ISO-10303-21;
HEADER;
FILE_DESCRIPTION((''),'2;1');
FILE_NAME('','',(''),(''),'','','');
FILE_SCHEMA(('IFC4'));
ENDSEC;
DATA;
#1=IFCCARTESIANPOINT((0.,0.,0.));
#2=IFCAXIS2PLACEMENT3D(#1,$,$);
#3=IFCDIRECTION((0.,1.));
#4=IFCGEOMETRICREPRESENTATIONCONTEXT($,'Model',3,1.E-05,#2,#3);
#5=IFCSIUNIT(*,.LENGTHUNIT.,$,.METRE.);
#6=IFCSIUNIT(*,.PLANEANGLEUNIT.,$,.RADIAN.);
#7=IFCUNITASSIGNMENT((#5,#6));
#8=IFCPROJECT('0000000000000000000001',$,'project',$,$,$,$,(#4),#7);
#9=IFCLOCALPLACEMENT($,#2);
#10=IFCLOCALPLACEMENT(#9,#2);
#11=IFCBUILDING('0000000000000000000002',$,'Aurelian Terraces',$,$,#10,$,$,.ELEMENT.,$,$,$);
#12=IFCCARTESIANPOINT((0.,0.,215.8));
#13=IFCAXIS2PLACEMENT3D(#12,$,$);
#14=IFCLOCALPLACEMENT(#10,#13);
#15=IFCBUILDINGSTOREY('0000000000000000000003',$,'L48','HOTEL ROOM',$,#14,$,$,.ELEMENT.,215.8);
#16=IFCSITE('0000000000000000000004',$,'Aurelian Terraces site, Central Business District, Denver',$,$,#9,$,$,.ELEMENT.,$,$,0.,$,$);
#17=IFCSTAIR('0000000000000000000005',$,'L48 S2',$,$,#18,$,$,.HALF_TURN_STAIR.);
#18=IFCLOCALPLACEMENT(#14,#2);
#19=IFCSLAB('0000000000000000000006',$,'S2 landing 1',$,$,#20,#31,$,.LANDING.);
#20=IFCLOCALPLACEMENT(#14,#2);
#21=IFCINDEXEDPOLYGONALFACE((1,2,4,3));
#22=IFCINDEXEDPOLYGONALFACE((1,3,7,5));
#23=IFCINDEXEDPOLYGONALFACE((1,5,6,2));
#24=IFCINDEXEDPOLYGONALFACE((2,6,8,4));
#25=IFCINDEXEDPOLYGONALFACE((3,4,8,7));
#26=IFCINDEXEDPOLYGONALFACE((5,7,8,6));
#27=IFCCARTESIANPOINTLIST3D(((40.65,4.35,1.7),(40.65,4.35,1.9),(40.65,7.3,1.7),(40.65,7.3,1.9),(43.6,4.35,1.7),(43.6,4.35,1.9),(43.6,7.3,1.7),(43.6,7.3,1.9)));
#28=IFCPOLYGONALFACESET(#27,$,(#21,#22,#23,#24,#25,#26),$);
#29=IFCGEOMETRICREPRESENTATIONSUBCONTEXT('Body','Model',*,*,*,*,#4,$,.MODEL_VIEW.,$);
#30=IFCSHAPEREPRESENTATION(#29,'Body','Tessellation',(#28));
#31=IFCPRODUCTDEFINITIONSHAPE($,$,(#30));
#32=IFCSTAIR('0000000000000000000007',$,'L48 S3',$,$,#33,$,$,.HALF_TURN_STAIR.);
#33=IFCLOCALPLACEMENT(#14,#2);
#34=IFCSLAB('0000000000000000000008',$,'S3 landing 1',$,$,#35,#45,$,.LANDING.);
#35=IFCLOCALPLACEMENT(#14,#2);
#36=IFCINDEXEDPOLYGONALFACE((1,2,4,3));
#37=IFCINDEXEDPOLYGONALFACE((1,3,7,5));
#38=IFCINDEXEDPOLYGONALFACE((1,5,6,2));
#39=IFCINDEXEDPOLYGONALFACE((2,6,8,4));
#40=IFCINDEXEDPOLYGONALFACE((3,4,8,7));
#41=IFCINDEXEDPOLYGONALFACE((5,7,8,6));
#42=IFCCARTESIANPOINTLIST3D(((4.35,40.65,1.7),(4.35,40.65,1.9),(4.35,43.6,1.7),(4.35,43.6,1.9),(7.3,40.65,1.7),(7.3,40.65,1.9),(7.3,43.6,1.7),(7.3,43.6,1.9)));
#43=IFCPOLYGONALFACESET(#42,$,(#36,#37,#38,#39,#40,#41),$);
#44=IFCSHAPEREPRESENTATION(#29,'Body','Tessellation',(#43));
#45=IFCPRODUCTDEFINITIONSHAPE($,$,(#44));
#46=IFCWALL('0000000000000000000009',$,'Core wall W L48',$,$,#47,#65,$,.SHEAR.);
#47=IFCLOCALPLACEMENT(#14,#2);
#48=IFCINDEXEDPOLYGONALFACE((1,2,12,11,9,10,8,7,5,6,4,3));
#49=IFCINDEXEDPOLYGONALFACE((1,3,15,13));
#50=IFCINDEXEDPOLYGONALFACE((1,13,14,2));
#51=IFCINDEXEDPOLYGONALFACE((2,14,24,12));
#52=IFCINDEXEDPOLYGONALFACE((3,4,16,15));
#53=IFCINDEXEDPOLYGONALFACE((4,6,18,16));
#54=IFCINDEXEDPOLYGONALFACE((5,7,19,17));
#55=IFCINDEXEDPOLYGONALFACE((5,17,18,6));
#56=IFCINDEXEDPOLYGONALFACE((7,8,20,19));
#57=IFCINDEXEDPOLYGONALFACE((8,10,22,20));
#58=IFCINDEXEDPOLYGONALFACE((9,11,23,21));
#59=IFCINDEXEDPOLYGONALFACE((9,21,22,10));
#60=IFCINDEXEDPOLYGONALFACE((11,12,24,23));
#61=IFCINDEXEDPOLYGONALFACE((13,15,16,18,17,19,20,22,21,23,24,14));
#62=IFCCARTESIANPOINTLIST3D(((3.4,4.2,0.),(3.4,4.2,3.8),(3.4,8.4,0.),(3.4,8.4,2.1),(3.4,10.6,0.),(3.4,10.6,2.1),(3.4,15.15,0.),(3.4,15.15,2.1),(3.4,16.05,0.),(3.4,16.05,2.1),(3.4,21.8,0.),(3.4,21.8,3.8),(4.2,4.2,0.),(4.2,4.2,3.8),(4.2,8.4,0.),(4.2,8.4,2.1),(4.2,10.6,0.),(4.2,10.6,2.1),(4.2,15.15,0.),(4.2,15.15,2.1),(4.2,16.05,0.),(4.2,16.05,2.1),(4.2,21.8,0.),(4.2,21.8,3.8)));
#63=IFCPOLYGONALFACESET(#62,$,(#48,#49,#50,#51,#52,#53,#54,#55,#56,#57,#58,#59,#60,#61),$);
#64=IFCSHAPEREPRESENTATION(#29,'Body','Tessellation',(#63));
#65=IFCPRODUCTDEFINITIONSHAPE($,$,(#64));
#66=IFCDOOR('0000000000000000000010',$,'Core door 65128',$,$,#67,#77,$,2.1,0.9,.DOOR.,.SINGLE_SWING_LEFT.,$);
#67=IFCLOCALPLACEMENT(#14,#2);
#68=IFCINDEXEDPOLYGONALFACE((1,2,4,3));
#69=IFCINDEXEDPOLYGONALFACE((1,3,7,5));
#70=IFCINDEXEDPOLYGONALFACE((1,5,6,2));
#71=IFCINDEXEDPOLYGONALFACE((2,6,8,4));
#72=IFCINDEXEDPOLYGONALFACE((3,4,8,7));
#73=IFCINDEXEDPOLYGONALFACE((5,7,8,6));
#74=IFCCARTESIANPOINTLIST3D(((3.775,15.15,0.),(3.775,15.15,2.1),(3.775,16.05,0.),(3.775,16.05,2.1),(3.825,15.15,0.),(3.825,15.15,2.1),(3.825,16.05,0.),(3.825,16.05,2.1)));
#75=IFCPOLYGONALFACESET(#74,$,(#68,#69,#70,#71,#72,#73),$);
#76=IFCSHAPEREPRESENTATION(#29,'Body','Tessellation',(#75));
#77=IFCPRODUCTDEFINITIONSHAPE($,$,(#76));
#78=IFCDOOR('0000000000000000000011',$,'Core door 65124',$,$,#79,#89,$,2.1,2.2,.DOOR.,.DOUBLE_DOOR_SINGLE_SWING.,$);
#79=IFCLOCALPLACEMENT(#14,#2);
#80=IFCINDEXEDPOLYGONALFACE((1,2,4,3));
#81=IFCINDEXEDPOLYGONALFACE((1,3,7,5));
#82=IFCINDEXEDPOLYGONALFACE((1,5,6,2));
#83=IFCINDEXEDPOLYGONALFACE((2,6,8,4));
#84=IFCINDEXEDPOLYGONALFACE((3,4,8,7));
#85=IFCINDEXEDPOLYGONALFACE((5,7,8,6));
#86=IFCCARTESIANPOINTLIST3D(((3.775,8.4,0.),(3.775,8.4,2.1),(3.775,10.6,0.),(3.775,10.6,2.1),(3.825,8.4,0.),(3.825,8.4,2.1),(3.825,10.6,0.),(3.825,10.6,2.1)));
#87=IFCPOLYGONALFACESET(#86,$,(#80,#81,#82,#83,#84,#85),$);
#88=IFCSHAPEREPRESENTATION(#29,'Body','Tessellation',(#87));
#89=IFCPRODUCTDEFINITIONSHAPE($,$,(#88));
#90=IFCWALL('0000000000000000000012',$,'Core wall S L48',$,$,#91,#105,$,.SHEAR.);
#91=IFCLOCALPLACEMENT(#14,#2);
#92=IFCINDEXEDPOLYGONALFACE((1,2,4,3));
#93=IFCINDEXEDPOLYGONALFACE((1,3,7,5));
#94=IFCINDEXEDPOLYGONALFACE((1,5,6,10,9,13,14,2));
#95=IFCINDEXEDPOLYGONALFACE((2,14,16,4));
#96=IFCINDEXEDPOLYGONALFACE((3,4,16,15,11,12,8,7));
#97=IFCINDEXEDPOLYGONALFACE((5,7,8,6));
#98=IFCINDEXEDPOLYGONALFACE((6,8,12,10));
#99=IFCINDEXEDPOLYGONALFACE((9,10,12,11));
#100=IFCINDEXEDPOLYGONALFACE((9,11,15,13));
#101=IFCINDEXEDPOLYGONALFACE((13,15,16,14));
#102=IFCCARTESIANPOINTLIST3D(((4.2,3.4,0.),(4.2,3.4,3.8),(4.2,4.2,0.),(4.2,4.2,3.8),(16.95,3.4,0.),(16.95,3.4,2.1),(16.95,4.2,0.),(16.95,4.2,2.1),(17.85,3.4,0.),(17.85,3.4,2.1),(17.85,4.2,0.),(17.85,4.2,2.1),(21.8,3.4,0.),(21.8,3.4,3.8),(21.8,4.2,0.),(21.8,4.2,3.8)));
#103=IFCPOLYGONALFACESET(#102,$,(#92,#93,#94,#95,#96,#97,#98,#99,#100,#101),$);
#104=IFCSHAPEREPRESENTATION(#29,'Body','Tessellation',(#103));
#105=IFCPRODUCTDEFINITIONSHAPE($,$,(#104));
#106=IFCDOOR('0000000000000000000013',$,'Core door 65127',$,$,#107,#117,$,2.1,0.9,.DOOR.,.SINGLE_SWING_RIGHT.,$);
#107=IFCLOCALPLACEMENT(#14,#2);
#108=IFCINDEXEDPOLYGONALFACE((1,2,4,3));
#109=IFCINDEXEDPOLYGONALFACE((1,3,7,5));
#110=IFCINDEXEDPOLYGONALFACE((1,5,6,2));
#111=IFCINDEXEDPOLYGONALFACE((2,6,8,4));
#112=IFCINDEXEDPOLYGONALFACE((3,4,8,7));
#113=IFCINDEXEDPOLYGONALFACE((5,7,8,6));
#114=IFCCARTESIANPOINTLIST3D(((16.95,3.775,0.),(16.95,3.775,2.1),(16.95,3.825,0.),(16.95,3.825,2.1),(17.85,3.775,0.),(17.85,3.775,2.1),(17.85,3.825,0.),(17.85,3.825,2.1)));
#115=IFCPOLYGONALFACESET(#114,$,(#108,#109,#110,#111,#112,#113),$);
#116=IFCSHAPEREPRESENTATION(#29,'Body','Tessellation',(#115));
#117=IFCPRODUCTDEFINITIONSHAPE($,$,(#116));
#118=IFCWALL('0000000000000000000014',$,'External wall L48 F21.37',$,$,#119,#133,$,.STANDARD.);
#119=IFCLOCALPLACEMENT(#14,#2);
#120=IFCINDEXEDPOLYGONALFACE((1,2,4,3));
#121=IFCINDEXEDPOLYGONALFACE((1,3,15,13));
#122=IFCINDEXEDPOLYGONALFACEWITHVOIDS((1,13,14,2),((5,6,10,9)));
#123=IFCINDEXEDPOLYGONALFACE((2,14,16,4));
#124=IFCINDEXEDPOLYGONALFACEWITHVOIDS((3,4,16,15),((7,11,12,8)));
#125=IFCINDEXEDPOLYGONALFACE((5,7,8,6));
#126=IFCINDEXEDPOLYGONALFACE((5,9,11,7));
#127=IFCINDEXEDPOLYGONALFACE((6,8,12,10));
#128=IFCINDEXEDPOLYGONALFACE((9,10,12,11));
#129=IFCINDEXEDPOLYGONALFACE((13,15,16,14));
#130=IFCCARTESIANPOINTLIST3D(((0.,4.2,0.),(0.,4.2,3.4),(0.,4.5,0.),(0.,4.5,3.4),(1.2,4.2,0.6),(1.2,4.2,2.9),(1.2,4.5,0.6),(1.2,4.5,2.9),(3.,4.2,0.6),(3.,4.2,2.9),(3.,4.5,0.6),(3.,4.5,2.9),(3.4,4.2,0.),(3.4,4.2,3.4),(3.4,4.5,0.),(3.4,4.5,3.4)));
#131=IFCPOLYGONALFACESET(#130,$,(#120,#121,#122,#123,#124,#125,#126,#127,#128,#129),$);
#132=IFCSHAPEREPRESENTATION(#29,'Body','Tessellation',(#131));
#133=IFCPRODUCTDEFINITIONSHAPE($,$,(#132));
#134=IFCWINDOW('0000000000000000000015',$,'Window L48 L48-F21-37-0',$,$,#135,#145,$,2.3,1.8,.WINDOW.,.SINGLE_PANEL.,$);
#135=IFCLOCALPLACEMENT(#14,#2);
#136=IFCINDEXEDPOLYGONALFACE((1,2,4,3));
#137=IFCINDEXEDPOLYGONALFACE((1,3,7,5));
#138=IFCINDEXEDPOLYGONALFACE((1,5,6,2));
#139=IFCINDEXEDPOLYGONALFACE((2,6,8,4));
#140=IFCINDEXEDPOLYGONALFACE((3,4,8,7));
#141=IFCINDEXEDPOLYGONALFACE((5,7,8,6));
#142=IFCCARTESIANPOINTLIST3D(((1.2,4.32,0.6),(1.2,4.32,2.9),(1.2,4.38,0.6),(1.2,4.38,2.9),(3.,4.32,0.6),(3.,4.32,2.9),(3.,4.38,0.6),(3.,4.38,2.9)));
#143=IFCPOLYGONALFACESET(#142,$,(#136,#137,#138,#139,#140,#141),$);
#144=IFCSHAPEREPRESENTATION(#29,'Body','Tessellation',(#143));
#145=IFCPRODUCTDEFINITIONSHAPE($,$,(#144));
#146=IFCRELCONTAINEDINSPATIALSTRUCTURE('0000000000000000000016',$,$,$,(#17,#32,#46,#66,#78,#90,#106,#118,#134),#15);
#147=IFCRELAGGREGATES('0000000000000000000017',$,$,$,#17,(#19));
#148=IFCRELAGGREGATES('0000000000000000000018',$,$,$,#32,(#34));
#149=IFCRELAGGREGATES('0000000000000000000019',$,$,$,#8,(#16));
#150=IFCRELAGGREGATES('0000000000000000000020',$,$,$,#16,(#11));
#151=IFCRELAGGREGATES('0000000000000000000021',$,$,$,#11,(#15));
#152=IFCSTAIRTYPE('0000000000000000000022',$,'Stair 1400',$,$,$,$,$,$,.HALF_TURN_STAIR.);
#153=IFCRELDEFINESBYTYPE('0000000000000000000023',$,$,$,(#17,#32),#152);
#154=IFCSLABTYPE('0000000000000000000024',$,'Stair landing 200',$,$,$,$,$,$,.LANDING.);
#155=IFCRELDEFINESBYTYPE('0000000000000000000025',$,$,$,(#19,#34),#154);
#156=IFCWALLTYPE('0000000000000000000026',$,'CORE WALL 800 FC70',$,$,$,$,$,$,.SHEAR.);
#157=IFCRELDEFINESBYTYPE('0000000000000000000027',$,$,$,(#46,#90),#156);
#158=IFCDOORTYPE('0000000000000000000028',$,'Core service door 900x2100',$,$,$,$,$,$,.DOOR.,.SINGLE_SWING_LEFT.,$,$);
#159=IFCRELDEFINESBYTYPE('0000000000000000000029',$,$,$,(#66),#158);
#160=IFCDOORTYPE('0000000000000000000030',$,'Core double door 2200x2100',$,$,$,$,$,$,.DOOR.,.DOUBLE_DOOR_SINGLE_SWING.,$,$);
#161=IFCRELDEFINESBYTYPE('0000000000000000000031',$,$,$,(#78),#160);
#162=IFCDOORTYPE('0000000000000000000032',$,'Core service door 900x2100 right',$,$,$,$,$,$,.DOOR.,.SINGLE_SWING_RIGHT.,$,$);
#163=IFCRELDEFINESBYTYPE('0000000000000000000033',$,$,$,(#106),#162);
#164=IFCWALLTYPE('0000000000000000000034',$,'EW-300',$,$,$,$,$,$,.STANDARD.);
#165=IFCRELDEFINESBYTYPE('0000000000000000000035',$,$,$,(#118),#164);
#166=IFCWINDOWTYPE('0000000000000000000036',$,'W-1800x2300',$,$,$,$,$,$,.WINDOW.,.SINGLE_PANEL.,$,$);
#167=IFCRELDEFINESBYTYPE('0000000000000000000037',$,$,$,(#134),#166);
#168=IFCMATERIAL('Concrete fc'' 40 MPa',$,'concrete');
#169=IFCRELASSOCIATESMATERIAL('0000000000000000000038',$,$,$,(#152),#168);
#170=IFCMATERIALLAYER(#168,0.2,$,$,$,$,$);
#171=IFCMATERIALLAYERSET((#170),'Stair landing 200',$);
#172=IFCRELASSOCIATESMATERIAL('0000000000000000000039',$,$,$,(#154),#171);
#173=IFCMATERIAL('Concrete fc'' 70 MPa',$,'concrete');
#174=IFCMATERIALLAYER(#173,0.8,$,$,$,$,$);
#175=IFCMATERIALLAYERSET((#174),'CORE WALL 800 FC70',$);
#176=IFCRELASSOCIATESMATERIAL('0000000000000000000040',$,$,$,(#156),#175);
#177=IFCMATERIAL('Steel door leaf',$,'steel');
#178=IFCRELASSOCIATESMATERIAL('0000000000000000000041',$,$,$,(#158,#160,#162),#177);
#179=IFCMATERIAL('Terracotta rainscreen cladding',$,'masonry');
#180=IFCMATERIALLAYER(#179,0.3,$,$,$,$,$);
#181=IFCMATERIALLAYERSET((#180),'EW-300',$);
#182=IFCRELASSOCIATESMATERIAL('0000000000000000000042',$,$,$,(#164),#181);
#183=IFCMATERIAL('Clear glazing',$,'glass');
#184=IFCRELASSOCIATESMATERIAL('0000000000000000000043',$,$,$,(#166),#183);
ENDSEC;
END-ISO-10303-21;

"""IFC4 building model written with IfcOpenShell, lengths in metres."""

from ifc_helpers import new_model, si_unit, direction, frame, frame_2d, origin, place, context, subcontext, project, spatial, polyline, rectangle, outline, extrude, source, transform, mapped, material, layer, layer_set, type_object, element, fill, aggregate, save


model = new_model("IFC4")

# Units and contexts
model_context = context("Model", 3, precision=1e-05, world=origin(), true_north=direction((0.0, 1.0)))
body_context = subcontext(model_context, "Body", "Model", "MODEL_VIEW")
ifc_project = project(units=[si_unit("LENGTHUNIT", "METRE"), si_unit("PLANEANGLEUNIT", "RADIAN")], contexts=[model_context])

# Site, building, storey
site_placement = place(None, origin())
site = spatial("IfcSite", under=ifc_project, at=site_placement, Name="Aurelian Terraces site, Central Business District, Denver", CompositionType="ELEMENT", RefElevation=0.0)
building_placement = place(site_placement, origin())
building = spatial("IfcBuilding", under=site, at=building_placement, Name="Aurelian Terraces", CompositionType="ELEMENT")
storey_placement = place(building_placement, frame((0.0, 0.0, 215.8)))
storey = spatial("IfcBuildingStorey", under=building, at=storey_placement, Name="L48", Description="HOTEL ROOM", CompositionType="ELEMENT", Elevation=215.8)

# Stairs, slabs
ifc_material_1 = material(Name="Concrete fc' 40 MPa", Category="concrete")
stair_type = type_object("IfcStairType", Name="Stair 1400", PredefinedType="HALF_TURN_STAIR", material=ifc_material_1)
stair_1_placement = place(storey_placement, origin())
stair_1 = element("IfcStair", 1, at=stair_1_placement, inside=storey, type_object=stair_type, Name="L48 S2", PredefinedType="HALF_TURN_STAIR")
ifc_layer_1 = layer(ifc_material_1, 0.2)
ifc_layer_set_1 = layer_set([ifc_layer_1], Name="Stair landing 200")
slab_type = type_object("IfcSlabType", Name="Stair landing 200", PredefinedType="LANDING", material=ifc_layer_set_1)
shared_shape_1 = source(origin(), body_context, "Body", "SweptSolid", [
    extrude(outline(polyline([(43.6, 4.35), (43.6, 7.3), (40.65, 7.3), (40.65, 4.35), (43.6, 4.35)])), origin(), (0.0, 0.0, 1.0), 0.2),
])
slab_1_placement = place(storey_placement, frame((0.0, 0.0, 1.7)))
slab_1 = element("IfcSlab", 2, at=slab_1_placement, type_object=slab_type, Name="S2 landing 1", PredefinedType="LANDING", context=body_context, shape_type="MappedRepresentation", body=[
    mapped(shared_shape_1, transform((0.0, 0.0, 0.0), scale=1.0)),
])
aggregate(stair_1, [slab_1])
stair_2_placement = place(storey_placement, origin())
stair_2 = element("IfcStair", 3, at=stair_2_placement, inside=storey, type_object=stair_type, Name="L48 S3", PredefinedType="HALF_TURN_STAIR")
shared_shape_2 = source(origin(), body_context, "Body", "SweptSolid", [
    extrude(outline(polyline([(4.35, 40.65), (7.3, 40.65), (7.3, 43.6), (4.35, 43.6), (4.35, 40.65)])), origin(), (0.0, 0.0, 1.0), 0.2),
])
slab_2_placement = place(storey_placement, frame((0.0, 0.0, 1.7)))
slab_2 = element("IfcSlab", 4, at=slab_2_placement, type_object=slab_type, Name="S3 landing 1", PredefinedType="LANDING", context=body_context, shape_type="MappedRepresentation", body=[
    mapped(shared_shape_2, transform((0.0, 0.0, 0.0), scale=1.0)),
])
aggregate(stair_2, [slab_2])

# Wall, openings, doors
ifc_material_2 = material(Name="Concrete fc' 70 MPa", Category="concrete")
ifc_layer_2 = layer(ifc_material_2, 0.8)
ifc_layer_set_2 = layer_set([ifc_layer_2], Name="CORE WALL 800 FC70")
wall_type_1 = type_object("IfcWallType", Name="CORE WALL 800 FC70", PredefinedType="SHEAR", material=ifc_layer_set_2)
shared_shape_3 = source(origin(), body_context, "Body", "SweptSolid", [
    extrude(rectangle(XDim=17.6, YDim=0.8, at=frame_2d((8.8, 0.0))), origin(), (0.0, 0.0, 1.0), 3.8),
])
wall_1_placement = place(storey_placement, frame((3.8, 4.2, 0.0), z_axis=(0.0, 0.0, 1.0), x_axis=(0.0, 1.0, 0.0)))
wall_1 = element("IfcWall", 5, at=wall_1_placement, inside=storey, type_object=wall_type_1, Name="Core wall W L48", PredefinedType="SHEAR", context=body_context, shape_type="MappedRepresentation", body=[
    mapped(shared_shape_3, transform((0.0, 0.0, 0.0), scale=1.0)),
])
shared_shape_4 = source(origin(), body_context, "Body", "SweptSolid", [
    extrude(rectangle(XDim=2.2, YDim=2.1, at=frame_2d((1.1, 1.05))), frame((0.0, 0.41, 0.0), z_axis=(0.0, -1.0, 0.0), x_axis=(1.0, 0.0, 0.0)), (0.0, 0.0, 1.0), 0.82),
])
opening_1_placement = place(wall_1_placement, frame((4.2, 0.0, 0.0)))
opening_1 = element("IfcOpeningElement", 6, at=opening_1_placement, cuts=wall_1, PredefinedType="OPENING", context=body_context, shape_type="MappedRepresentation", body=[
    mapped(shared_shape_4, transform((0.0, 0.0, 0.0), scale=1.0)),
])
shared_shape_5 = source(origin(), body_context, "Body", "SweptSolid", [
    extrude(rectangle(XDim=0.9, YDim=2.1, at=frame_2d((0.45, 1.05))), frame((0.0, 0.41, 0.0), z_axis=(0.0, -1.0, 0.0), x_axis=(1.0, 0.0, 0.0)), (0.0, 0.0, 1.0), 0.82),
])
opening_2_placement = place(wall_1_placement, frame((10.95, 0.0, 0.0)))
opening_2 = element("IfcOpeningElement", 7, at=opening_2_placement, cuts=wall_1, PredefinedType="OPENING", context=body_context, shape_type="MappedRepresentation", body=[
    mapped(shared_shape_5, transform((0.0, 0.0, 0.0), scale=1.0)),
])
ifc_material_3 = material(Name="Steel door leaf", Category="steel")
door_type_1 = type_object("IfcDoorType", Name="Core service door 900x2100", OperationType="SINGLE_SWING_LEFT", PredefinedType="DOOR", material=ifc_material_3)
shared_shape_6 = source(origin(), body_context, "Body", "SweptSolid", [
    extrude(rectangle(XDim=0.9, YDim=2.1, at=frame_2d((0.45, 1.05))), frame((0.0, 0.025, 0.0), z_axis=(0.0, -1.0, 0.0), x_axis=(1.0, 0.0, 0.0)), (0.0, 0.0, 1.0), 0.05),
])
door_1_placement = place(opening_2_placement, origin())
door_1 = element("IfcDoor", 8, at=door_1_placement, inside=storey, type_object=door_type_1, Name="Core door 65128", OperationType="SINGLE_SWING_LEFT", OverallHeight=2.1, OverallWidth=0.9, PredefinedType="DOOR", context=body_context, shape_type="MappedRepresentation", body=[
    mapped(shared_shape_6, transform((0.0, 0.0, 0.0), scale=1.0)),
])
fill(opening_2, door_1)
door_type_2 = type_object("IfcDoorType", Name="Core double door 2200x2100", OperationType="DOUBLE_DOOR_SINGLE_SWING", PredefinedType="DOOR", material=ifc_material_3)
shared_shape_7 = source(origin(), body_context, "Body", "SweptSolid", [
    extrude(rectangle(XDim=2.2, YDim=2.1, at=frame_2d((1.1, 1.05))), frame((0.0, 0.025, 0.0), z_axis=(0.0, -1.0, 0.0), x_axis=(1.0, 0.0, 0.0)), (0.0, 0.0, 1.0), 0.05),
])
door_2_placement = place(opening_1_placement, origin())
door_2 = element("IfcDoor", 9, at=door_2_placement, inside=storey, type_object=door_type_2, Name="Core door 65124", OperationType="DOUBLE_DOOR_SINGLE_SWING", OverallHeight=2.1, OverallWidth=2.2, PredefinedType="DOOR", context=body_context, shape_type="MappedRepresentation", body=[
    mapped(shared_shape_7, transform((0.0, 0.0, 0.0), scale=1.0)),
])
fill(opening_1, door_2)

# Wall, opening, door
wall_2_placement = place(storey_placement, frame((4.2, 3.8, 0.0), z_axis=(0.0, 0.0, 1.0), x_axis=(1.0, 0.0, 0.0)))
wall_2 = element("IfcWall", 10, at=wall_2_placement, inside=storey, type_object=wall_type_1, Name="Core wall S L48", PredefinedType="SHEAR", context=body_context, shape_type="MappedRepresentation", body=[
    mapped(shared_shape_3, transform((0.0, 0.0, 0.0), scale=1.0)),
])
opening_3_placement = place(wall_2_placement, frame((12.75, 0.0, 0.0)))
opening_3 = element("IfcOpeningElement", 11, at=opening_3_placement, cuts=wall_2, PredefinedType="OPENING", context=body_context, shape_type="MappedRepresentation", body=[
    mapped(shared_shape_5, transform((0.0, 0.0, 0.0), scale=1.0)),
])
door_type_3 = type_object("IfcDoorType", Name="Core service door 900x2100 right", OperationType="SINGLE_SWING_RIGHT", PredefinedType="DOOR", material=ifc_material_3)
door_3_placement = place(opening_3_placement, origin())
door_3 = element("IfcDoor", 12, at=door_3_placement, inside=storey, type_object=door_type_3, Name="Core door 65127", OperationType="SINGLE_SWING_RIGHT", OverallHeight=2.1, OverallWidth=0.9, PredefinedType="DOOR", context=body_context, shape_type="MappedRepresentation", body=[
    mapped(shared_shape_6, transform((0.0, 0.0, 0.0), scale=1.0)),
])
fill(opening_3, door_3)

# Wall, opening, window
ifc_material_4 = material(Name="Terracotta rainscreen cladding", Category="masonry")
ifc_layer_3 = layer(ifc_material_4, 0.3)
ifc_layer_set_3 = layer_set([ifc_layer_3], Name="EW-300")
wall_type_2 = type_object("IfcWallType", Name="EW-300", PredefinedType="STANDARD", material=ifc_layer_set_3)
shared_shape_8 = source(origin(), body_context, "Body", "SweptSolid", [
    extrude(rectangle(XDim=3.4, YDim=0.3, at=frame_2d((1.7, 0.0))), origin(), (0.0, 0.0, 1.0), 3.4),
])
wall_3_placement = place(storey_placement, frame((0.0, 4.35, 0.0), z_axis=(0.0, 0.0, 1.0), x_axis=(1.0, 0.0, 0.0)))
wall_3 = element("IfcWall", 13, at=wall_3_placement, inside=storey, type_object=wall_type_2, Name="External wall L48 F21.37", PredefinedType="STANDARD", context=body_context, shape_type="MappedRepresentation", body=[
    mapped(shared_shape_8, transform((0.0, 0.0, 0.0), scale=1.0)),
])
shared_shape_9 = source(origin(), body_context, "Body", "SweptSolid", [
    extrude(rectangle(XDim=1.8, YDim=2.3, at=frame_2d((0.9, 1.15))), frame((0.0, 0.16, 0.0), z_axis=(0.0, -1.0, 0.0), x_axis=(1.0, 0.0, 0.0)), (0.0, 0.0, 1.0), 0.32),
])
opening_4_placement = place(wall_3_placement, frame((1.2, 0.0, 0.6)))
opening_4 = element("IfcOpeningElement", 14, at=opening_4_placement, cuts=wall_3, PredefinedType="OPENING", context=body_context, shape_type="MappedRepresentation", body=[
    mapped(shared_shape_9, transform((0.0, 0.0, 0.0), scale=1.0)),
])
ifc_material_5 = material(Name="Clear glazing", Category="glass")
window_type = type_object("IfcWindowType", Name="W-1800x2300", PartitioningType="SINGLE_PANEL", PredefinedType="WINDOW", material=ifc_material_5)
shared_shape_10 = source(origin(), body_context, "Body", "SweptSolid", [
    extrude(rectangle(XDim=1.8, YDim=2.3, at=frame_2d((0.9, 1.15))), frame((0.0, 0.03, 0.0), z_axis=(0.0, -1.0, 0.0), x_axis=(1.0, 0.0, 0.0)), (0.0, 0.0, 1.0), 0.06),
])
window_1_placement = place(opening_4_placement, origin())
window_1 = element("IfcWindow", 15, at=window_1_placement, inside=storey, type_object=window_type, Name="Window L48 L48-F21-37-0", OverallHeight=2.3, OverallWidth=1.8, PartitioningType="SINGLE_PANEL", PredefinedType="WINDOW", context=body_context, shape_type="MappedRepresentation", body=[
    mapped(shared_shape_10, transform((0.0, 0.0, 0.0), scale=1.0)),
])
fill(opening_4, window_1)

save(model, "model.ifc")
